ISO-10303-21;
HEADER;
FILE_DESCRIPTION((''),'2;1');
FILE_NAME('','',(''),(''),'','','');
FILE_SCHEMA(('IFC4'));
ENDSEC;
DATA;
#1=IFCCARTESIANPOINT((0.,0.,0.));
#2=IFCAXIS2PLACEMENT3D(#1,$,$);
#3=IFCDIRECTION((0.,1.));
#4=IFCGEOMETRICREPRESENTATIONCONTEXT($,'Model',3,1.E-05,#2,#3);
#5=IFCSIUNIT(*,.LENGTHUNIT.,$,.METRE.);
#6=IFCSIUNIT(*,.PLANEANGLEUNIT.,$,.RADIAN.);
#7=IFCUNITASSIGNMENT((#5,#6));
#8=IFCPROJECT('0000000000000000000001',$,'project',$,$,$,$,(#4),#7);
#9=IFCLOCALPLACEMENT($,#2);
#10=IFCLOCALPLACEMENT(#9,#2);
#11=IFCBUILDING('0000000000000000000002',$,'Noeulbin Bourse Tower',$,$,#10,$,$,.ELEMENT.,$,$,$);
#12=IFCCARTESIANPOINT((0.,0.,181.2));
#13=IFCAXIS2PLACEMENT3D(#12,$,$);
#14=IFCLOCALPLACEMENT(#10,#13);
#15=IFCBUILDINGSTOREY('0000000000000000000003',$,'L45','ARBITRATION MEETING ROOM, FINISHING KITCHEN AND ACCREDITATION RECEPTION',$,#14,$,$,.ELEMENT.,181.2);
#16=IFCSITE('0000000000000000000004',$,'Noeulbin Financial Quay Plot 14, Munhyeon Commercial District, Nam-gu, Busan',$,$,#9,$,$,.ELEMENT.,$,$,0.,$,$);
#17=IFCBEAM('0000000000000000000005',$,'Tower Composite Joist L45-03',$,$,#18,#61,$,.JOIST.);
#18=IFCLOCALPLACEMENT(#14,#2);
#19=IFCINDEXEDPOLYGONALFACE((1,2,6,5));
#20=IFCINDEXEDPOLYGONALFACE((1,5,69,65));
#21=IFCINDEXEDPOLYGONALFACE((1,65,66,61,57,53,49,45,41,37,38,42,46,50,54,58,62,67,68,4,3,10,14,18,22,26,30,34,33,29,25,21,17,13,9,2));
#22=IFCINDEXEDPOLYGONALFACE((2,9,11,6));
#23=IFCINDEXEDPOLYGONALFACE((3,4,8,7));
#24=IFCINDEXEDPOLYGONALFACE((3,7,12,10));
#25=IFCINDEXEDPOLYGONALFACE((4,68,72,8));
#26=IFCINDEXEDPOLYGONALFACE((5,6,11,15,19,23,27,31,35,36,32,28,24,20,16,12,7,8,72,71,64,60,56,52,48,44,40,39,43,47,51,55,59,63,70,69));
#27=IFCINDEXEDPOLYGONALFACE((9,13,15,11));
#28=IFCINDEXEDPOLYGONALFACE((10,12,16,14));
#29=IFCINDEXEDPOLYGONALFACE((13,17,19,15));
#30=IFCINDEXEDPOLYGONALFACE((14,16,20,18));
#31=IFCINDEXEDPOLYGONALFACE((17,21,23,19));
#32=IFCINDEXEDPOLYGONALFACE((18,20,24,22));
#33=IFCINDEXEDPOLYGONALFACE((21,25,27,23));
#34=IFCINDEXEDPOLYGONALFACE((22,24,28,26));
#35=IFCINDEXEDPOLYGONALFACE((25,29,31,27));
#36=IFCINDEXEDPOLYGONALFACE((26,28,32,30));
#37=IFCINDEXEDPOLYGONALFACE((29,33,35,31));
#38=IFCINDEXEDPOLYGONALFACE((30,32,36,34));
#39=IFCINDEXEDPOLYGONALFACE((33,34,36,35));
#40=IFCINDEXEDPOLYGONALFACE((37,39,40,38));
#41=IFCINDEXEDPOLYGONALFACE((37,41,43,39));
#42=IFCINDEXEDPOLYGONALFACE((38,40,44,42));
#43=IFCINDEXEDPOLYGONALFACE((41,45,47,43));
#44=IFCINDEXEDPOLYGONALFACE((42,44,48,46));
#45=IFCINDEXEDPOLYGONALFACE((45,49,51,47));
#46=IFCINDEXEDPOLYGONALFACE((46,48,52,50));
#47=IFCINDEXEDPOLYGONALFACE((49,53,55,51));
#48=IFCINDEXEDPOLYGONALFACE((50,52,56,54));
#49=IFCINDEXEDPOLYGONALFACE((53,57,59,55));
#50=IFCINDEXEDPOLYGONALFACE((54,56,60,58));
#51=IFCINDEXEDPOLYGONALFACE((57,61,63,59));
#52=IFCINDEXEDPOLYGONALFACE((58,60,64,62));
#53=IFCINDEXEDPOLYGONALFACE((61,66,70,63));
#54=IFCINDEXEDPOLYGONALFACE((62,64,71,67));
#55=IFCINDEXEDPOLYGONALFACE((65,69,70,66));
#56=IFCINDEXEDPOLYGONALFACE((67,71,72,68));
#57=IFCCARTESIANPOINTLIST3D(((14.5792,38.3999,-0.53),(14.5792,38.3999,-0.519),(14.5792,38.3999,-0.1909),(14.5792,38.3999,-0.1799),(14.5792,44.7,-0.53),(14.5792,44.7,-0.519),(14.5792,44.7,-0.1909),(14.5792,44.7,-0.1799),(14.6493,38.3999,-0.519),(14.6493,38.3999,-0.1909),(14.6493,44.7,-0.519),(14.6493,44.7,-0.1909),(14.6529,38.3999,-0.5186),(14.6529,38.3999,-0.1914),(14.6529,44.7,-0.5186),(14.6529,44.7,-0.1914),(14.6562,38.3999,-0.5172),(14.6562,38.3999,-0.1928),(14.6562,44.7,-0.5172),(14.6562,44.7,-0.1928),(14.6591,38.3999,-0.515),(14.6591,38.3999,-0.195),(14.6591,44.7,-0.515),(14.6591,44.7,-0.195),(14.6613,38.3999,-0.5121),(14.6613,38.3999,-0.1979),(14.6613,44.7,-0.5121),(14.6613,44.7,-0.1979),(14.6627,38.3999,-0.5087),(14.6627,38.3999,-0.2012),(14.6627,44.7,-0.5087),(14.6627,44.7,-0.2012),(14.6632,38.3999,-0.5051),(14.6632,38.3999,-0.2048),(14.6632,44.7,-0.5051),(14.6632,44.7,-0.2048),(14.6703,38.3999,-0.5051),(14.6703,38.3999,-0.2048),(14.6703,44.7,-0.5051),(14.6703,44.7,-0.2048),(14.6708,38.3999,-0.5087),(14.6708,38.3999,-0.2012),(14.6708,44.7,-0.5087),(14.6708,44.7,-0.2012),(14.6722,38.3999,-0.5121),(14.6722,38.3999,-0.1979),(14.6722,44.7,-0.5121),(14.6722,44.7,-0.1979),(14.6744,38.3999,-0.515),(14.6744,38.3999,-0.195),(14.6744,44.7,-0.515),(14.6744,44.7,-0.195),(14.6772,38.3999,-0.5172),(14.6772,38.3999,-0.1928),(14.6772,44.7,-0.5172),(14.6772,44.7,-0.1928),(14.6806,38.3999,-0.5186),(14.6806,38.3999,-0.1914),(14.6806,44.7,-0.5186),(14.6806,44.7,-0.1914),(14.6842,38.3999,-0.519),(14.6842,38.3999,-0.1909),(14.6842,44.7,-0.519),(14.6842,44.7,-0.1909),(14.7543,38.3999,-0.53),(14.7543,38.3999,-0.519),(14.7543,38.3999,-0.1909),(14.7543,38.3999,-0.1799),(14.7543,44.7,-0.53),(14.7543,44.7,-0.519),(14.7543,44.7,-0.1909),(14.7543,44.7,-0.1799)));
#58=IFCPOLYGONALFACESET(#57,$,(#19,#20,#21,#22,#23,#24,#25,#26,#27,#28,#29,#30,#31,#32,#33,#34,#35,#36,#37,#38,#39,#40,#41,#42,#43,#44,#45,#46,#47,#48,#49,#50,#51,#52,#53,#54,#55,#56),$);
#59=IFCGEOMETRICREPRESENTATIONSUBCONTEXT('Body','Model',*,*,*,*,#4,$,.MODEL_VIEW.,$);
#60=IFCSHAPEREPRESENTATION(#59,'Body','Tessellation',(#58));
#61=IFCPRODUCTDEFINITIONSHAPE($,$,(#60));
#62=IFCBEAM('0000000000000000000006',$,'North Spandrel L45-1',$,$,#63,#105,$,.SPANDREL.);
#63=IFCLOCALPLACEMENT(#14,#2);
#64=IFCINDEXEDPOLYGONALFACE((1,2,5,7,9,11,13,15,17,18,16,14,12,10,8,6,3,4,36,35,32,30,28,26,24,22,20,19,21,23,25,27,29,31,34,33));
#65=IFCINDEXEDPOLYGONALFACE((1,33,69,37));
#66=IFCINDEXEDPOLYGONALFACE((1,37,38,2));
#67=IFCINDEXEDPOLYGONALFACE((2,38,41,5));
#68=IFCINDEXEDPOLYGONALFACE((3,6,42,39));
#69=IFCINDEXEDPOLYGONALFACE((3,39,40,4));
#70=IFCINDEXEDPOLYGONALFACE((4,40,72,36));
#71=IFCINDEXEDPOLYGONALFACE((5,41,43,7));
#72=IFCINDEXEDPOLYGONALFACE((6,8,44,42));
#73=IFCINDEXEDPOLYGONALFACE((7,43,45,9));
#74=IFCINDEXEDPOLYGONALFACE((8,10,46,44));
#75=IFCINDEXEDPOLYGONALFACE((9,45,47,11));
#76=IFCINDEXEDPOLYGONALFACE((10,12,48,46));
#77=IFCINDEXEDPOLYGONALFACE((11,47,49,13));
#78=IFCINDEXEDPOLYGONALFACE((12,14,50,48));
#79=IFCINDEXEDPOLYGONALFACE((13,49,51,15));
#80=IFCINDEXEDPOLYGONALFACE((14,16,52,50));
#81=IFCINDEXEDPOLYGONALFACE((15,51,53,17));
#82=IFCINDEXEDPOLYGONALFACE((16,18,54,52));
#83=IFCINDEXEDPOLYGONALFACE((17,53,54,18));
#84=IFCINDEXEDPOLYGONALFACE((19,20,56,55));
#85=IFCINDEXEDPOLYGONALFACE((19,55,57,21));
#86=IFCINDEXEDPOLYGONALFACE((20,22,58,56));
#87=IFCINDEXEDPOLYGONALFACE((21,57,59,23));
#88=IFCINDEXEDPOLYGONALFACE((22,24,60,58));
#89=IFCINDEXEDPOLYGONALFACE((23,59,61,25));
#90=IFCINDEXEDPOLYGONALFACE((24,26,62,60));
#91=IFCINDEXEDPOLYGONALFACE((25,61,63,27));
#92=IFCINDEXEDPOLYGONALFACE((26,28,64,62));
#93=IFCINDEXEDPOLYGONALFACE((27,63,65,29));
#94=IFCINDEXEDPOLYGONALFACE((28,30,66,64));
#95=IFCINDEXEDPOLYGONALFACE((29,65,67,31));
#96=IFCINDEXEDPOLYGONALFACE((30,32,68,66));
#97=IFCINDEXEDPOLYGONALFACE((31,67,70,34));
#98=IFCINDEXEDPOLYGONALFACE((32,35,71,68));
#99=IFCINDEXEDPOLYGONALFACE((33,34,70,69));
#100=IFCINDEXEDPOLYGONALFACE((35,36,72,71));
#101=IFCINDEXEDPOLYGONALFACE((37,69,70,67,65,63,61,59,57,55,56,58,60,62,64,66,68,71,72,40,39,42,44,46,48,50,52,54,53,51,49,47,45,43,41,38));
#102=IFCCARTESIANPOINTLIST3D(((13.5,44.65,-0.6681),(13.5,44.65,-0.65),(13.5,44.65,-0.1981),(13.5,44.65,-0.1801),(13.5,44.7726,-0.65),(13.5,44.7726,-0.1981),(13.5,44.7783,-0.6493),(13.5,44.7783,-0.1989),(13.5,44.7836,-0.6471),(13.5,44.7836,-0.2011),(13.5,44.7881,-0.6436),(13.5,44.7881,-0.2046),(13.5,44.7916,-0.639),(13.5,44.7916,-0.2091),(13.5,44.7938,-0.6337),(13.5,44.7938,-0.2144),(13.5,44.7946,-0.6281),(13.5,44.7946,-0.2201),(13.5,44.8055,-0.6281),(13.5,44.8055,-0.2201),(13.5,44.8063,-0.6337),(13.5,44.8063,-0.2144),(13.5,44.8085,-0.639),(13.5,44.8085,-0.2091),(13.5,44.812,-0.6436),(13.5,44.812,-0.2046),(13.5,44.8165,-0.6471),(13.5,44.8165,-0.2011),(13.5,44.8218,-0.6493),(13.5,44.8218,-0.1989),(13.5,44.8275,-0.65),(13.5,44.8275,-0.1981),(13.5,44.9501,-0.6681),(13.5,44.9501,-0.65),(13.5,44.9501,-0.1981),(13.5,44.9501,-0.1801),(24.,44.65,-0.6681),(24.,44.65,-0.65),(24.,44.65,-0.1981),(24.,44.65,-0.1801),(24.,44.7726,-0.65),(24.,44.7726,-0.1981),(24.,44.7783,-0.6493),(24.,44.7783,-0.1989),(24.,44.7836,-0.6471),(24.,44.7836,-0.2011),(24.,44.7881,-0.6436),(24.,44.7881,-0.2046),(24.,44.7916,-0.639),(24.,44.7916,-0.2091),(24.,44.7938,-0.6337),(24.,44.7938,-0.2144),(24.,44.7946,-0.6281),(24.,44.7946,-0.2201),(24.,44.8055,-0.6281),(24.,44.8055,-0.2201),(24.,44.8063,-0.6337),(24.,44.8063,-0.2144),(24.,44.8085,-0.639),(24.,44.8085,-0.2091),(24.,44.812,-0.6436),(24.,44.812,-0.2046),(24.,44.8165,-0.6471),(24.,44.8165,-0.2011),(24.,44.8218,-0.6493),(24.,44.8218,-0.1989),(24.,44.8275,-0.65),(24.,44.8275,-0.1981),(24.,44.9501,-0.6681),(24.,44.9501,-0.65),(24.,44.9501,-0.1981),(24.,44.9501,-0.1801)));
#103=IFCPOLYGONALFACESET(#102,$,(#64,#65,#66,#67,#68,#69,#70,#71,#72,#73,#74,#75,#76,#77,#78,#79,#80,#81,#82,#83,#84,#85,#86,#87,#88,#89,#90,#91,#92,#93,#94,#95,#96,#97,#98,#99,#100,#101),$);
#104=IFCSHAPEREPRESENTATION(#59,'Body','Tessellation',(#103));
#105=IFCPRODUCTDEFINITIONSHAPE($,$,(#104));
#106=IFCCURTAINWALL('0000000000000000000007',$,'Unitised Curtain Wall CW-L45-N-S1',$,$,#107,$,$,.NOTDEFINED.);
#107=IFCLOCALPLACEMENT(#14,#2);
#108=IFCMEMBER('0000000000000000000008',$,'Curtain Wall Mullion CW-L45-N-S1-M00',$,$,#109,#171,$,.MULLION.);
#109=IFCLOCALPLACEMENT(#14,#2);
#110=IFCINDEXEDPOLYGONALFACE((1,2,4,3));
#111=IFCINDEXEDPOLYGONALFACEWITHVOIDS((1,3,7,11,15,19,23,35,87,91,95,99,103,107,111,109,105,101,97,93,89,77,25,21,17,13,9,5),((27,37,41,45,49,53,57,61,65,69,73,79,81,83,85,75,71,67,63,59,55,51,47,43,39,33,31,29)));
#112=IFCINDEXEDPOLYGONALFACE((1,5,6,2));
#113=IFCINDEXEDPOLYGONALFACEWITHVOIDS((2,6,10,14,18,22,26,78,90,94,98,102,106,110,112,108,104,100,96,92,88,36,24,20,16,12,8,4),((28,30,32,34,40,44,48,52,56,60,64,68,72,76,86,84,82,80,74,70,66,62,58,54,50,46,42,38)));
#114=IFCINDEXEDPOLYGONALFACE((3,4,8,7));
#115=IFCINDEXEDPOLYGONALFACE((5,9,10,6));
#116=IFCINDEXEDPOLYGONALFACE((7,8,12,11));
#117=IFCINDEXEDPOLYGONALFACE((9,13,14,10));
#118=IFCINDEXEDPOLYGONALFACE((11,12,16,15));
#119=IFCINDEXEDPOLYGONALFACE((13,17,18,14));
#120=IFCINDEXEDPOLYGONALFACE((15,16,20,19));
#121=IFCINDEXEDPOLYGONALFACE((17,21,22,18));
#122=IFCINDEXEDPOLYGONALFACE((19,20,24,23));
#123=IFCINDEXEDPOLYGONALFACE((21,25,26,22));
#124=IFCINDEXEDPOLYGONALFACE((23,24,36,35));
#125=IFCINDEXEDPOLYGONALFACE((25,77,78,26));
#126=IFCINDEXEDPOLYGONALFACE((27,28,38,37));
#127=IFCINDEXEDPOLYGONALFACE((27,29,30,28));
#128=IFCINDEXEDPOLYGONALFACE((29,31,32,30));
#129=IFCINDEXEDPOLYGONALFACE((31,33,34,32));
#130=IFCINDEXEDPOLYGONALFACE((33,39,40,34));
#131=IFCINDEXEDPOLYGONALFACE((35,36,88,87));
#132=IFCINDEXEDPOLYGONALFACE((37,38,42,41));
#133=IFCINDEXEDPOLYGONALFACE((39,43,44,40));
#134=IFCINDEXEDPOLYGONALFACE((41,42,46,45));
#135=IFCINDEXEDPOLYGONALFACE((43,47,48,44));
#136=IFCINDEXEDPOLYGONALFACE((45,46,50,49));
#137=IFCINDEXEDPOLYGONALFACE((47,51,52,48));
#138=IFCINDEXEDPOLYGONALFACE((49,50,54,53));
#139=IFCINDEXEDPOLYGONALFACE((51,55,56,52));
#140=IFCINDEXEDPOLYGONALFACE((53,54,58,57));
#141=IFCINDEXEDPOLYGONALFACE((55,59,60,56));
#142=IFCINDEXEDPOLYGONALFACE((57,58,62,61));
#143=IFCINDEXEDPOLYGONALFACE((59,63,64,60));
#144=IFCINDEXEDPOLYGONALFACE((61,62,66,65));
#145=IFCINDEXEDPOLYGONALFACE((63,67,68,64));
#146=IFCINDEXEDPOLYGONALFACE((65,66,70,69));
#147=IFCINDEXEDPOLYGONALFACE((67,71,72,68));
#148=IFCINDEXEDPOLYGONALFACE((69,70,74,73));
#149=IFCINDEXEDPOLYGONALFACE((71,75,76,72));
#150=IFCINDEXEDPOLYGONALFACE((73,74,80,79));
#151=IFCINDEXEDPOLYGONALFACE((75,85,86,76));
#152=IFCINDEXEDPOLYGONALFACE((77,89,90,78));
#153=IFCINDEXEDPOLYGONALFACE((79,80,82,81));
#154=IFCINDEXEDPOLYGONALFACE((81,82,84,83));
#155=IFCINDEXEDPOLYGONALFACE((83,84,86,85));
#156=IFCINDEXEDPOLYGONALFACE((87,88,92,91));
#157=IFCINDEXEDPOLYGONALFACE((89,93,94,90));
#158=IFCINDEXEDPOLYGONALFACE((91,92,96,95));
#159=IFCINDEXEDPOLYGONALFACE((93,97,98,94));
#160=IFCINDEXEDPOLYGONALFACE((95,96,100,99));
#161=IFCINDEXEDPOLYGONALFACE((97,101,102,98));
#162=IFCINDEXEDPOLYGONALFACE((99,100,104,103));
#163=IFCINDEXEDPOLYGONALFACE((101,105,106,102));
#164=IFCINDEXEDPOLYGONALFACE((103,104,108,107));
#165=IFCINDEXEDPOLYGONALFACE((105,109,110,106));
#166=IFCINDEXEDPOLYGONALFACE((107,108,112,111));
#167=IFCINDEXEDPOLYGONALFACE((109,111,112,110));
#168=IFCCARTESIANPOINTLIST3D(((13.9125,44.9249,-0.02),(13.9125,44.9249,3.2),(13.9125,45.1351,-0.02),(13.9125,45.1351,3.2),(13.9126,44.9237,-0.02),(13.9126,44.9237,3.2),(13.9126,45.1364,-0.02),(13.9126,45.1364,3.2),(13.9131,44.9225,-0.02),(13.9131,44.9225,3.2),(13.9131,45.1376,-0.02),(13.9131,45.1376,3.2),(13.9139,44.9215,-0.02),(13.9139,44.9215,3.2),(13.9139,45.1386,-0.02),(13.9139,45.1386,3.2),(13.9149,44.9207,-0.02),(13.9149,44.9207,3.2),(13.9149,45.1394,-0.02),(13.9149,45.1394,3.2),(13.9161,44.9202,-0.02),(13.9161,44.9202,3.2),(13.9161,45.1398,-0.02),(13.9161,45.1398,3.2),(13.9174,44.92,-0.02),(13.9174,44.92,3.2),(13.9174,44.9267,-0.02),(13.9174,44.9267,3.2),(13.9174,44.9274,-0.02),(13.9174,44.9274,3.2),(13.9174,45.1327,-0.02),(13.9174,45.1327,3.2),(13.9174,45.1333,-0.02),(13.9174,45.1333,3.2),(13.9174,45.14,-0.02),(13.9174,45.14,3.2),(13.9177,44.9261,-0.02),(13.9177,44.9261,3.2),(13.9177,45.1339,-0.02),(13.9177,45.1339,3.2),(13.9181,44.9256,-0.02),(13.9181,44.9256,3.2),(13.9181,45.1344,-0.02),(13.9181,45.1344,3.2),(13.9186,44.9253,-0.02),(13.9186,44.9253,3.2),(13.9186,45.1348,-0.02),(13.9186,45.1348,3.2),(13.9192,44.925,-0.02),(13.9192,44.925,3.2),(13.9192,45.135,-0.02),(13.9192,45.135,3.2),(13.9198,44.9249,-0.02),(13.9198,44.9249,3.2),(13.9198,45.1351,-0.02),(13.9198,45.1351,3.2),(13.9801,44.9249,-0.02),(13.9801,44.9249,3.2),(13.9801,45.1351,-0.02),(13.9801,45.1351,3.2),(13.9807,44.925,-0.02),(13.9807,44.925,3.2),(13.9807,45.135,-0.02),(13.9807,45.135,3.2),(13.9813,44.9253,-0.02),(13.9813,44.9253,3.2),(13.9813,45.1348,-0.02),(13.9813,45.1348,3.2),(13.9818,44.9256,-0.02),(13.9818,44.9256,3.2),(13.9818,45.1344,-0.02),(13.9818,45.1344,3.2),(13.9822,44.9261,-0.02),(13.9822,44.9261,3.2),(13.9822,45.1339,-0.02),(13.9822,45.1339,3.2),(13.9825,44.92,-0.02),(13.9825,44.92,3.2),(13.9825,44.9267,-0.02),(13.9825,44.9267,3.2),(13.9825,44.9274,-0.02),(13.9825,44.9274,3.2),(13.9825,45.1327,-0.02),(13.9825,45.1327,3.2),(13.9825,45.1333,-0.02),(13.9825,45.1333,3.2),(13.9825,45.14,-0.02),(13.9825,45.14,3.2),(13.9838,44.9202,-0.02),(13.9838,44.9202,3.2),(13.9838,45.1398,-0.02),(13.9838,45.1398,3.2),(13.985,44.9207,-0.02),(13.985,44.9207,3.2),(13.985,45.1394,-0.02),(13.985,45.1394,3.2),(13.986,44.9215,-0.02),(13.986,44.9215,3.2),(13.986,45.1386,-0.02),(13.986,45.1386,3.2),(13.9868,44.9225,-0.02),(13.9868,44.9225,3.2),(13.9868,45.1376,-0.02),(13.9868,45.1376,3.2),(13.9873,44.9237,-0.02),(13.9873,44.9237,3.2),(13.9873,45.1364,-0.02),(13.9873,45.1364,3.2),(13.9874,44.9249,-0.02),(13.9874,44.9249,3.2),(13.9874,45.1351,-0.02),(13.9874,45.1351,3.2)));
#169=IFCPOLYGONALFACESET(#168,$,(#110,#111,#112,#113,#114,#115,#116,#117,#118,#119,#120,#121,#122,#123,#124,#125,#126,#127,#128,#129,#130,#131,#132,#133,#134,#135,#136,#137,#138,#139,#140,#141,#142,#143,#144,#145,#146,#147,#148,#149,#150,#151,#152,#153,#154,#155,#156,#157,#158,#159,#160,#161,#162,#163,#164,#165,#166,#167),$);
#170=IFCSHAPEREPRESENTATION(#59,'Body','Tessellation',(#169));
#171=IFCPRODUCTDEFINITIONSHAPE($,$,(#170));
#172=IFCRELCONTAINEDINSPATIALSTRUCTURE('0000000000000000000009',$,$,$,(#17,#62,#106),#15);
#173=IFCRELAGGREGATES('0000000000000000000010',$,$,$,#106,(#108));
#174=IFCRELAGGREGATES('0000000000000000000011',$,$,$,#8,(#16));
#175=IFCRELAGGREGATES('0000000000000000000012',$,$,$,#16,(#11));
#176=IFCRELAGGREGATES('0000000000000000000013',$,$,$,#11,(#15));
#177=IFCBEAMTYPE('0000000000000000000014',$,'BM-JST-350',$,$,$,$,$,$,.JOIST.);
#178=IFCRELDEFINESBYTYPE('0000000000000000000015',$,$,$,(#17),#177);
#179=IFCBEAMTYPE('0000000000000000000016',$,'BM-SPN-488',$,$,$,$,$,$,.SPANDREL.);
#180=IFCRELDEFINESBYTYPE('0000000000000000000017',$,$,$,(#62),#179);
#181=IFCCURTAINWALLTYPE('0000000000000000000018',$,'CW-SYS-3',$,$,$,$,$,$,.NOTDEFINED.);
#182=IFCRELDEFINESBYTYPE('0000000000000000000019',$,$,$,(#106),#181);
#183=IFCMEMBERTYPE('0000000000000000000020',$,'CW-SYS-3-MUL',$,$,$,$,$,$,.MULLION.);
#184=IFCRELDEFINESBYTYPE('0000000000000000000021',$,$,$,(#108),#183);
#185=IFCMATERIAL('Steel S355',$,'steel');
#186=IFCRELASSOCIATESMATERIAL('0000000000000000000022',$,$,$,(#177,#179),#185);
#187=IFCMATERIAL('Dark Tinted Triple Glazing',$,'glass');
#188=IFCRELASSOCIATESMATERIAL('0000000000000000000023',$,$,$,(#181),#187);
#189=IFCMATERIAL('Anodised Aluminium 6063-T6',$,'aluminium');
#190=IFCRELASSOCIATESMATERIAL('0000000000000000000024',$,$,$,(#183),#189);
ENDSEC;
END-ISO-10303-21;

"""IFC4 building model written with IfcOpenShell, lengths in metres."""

from ifc_helpers import new_model, si_unit, direction, frame, origin, origin_2d, place, context, subcontext, project, spatial, hollow_rectangle, i_section, extrude, material, material_profile, profile_set, type_object, element, aggregate, save


model = new_model("IFC4")

# Units and contexts
model_context = context("Model", 3, precision=1e-05, world=origin(), true_north=direction((0.0, 1.0)))
body_context = subcontext(model_context, "Body", "Model", "MODEL_VIEW")
ifc_project = project(units=[si_unit("LENGTHUNIT", "METRE"), si_unit("PLANEANGLEUNIT", "RADIAN")], contexts=[model_context])

# Site, building, storey
site_placement = place(None, origin())
site = spatial("IfcSite", under=ifc_project, at=site_placement, Name="Noeulbin Financial Quay Plot 14, Munhyeon Commercial District, Nam-gu, Busan", CompositionType="ELEMENT", RefElevation=0.0)
building_placement = place(site_placement, origin())
building = spatial("IfcBuilding", under=site, at=building_placement, Name="Noeulbin Bourse Tower", CompositionType="ELEMENT")
storey_placement = place(building_placement, frame((0.0, 0.0, 181.2)))
storey = spatial("IfcBuildingStorey", under=building, at=storey_placement, Name="L45", Description="ARBITRATION MEETING ROOM, FINISHING KITCHEN AND ACCREDITATION RECEPTION", CompositionType="ELEMENT", Elevation=181.2)

# Shared definitions
ifc_material_1 = material(Name="Steel S355", Category="steel")

# Beams
ifc_material_profile_1 = material_profile(ifc_material_1, i_section(OverallWidth=0.175, OverallDepth=0.3501, WebThickness=0.0071, FlangeThickness=0.011, FilletRadius=0.0139, at=origin_2d()), Name="H-350x175x7x11", Category="LoadBearing")
ifc_profile_set_1 = profile_set([ifc_material_profile_1], Name="Steel S355")
beam_type_1 = type_object("IfcBeamType", Name="BM-JST-350", PredefinedType="JOIST", material=ifc_profile_set_1)
beam_1_placement = place(storey_placement, frame((14.6667, 38.3999, -0.355), z_axis=(0.0, 1.0, 0.0), x_axis=(-1.0, 0.0, 0.0)))
element("IfcBeam", 1, at=beam_1_placement, inside=storey, type_object=beam_type_1, Name="Tower Composite Joist L45-03", PredefinedType="JOIST", context=body_context, shape_type="SweptSolid", body=[
    extrude(i_section(OverallWidth=0.175, OverallDepth=0.3501, WebThickness=0.0071, FlangeThickness=0.011, FilletRadius=0.0139, at=origin_2d()), origin(), (0.0, 0.0, 1.0), 6.3),
])
ifc_material_profile_2 = material_profile(ifc_material_1, i_section(OverallWidth=0.3, OverallDepth=0.488, WebThickness=0.011, FlangeThickness=0.0181, FilletRadius=0.022, at=origin_2d()), Name="H-488x300x11x18", Category="LoadBearing")
ifc_profile_set_2 = profile_set([ifc_material_profile_2], Name="Steel S355")
beam_type_2 = type_object("IfcBeamType", Name="BM-SPN-488", PredefinedType="SPANDREL", material=ifc_profile_set_2)
beam_2_placement = place(storey_placement, frame((13.5, 44.8, -0.4241), z_axis=(1.0, 0.0, 0.0), x_axis=(0.0, 1.0, 0.0)))
element("IfcBeam", 2, at=beam_2_placement, inside=storey, type_object=beam_type_2, Name="North Spandrel L45-1", PredefinedType="SPANDREL", context=body_context, shape_type="SweptSolid", body=[
    extrude(i_section(OverallWidth=0.3, OverallDepth=0.488, WebThickness=0.011, FlangeThickness=0.0181, FilletRadius=0.022, at=origin_2d()), origin(), (0.0, 0.0, 1.0), 10.5),
])

# Curtain wall, member
ifc_material_2 = material(Name="Dark Tinted Triple Glazing", Category="glass")
curtain_wall_type = type_object("IfcCurtainWallType", Name="CW-SYS-3", PredefinedType="NOTDEFINED", material=ifc_material_2)
curtain_wall_1_placement = place(storey_placement, origin())
curtain_wall_1 = element("IfcCurtainWall", 3, at=curtain_wall_1_placement, inside=storey, type_object=curtain_wall_type, Name="Unitised Curtain Wall CW-L45-N-S1", PredefinedType="NOTDEFINED")
ifc_material_3 = material(Name="Anodised Aluminium 6063-T6", Category="aluminium")
ifc_material_profile_3 = material_profile(ifc_material_3, hollow_rectangle(XDim=0.075, YDim=0.22, WallThickness=0.0049, InnerFilletRadius=0.0024, OuterFilletRadius=0.0049, at=origin_2d()), Name="ALU-MULL-75x220x5", Category="LoadBearing")
ifc_profile_set_3 = profile_set([ifc_material_profile_3], Name="Anodised Aluminium 6063-T6")
member_type_1 = type_object("IfcMemberType", Name="CW-SYS-3-MUL", PredefinedType="MULLION", material=ifc_profile_set_3)
member_1_placement = place(storey_placement, frame((13.95, 45.03, -0.02), z_axis=(0.0, 0.0, 1.0), x_axis=(1.0, 0.0, 0.0)))
member_1 = element("IfcMember", 4, at=member_1_placement, type_object=member_type_1, Name="Curtain Wall Mullion CW-L45-N-S1-M00", PredefinedType="MULLION", context=body_context, shape_type="SweptSolid", body=[
    extrude(hollow_rectangle(XDim=0.075, YDim=0.22, WallThickness=0.0049, InnerFilletRadius=0.0024, OuterFilletRadius=0.0049, at=origin_2d()), origin(), (0.0, 0.0, 1.0), 3.22),
])

aggregate(curtain_wall_1, [member_1])

save(model, "model.ifc")
